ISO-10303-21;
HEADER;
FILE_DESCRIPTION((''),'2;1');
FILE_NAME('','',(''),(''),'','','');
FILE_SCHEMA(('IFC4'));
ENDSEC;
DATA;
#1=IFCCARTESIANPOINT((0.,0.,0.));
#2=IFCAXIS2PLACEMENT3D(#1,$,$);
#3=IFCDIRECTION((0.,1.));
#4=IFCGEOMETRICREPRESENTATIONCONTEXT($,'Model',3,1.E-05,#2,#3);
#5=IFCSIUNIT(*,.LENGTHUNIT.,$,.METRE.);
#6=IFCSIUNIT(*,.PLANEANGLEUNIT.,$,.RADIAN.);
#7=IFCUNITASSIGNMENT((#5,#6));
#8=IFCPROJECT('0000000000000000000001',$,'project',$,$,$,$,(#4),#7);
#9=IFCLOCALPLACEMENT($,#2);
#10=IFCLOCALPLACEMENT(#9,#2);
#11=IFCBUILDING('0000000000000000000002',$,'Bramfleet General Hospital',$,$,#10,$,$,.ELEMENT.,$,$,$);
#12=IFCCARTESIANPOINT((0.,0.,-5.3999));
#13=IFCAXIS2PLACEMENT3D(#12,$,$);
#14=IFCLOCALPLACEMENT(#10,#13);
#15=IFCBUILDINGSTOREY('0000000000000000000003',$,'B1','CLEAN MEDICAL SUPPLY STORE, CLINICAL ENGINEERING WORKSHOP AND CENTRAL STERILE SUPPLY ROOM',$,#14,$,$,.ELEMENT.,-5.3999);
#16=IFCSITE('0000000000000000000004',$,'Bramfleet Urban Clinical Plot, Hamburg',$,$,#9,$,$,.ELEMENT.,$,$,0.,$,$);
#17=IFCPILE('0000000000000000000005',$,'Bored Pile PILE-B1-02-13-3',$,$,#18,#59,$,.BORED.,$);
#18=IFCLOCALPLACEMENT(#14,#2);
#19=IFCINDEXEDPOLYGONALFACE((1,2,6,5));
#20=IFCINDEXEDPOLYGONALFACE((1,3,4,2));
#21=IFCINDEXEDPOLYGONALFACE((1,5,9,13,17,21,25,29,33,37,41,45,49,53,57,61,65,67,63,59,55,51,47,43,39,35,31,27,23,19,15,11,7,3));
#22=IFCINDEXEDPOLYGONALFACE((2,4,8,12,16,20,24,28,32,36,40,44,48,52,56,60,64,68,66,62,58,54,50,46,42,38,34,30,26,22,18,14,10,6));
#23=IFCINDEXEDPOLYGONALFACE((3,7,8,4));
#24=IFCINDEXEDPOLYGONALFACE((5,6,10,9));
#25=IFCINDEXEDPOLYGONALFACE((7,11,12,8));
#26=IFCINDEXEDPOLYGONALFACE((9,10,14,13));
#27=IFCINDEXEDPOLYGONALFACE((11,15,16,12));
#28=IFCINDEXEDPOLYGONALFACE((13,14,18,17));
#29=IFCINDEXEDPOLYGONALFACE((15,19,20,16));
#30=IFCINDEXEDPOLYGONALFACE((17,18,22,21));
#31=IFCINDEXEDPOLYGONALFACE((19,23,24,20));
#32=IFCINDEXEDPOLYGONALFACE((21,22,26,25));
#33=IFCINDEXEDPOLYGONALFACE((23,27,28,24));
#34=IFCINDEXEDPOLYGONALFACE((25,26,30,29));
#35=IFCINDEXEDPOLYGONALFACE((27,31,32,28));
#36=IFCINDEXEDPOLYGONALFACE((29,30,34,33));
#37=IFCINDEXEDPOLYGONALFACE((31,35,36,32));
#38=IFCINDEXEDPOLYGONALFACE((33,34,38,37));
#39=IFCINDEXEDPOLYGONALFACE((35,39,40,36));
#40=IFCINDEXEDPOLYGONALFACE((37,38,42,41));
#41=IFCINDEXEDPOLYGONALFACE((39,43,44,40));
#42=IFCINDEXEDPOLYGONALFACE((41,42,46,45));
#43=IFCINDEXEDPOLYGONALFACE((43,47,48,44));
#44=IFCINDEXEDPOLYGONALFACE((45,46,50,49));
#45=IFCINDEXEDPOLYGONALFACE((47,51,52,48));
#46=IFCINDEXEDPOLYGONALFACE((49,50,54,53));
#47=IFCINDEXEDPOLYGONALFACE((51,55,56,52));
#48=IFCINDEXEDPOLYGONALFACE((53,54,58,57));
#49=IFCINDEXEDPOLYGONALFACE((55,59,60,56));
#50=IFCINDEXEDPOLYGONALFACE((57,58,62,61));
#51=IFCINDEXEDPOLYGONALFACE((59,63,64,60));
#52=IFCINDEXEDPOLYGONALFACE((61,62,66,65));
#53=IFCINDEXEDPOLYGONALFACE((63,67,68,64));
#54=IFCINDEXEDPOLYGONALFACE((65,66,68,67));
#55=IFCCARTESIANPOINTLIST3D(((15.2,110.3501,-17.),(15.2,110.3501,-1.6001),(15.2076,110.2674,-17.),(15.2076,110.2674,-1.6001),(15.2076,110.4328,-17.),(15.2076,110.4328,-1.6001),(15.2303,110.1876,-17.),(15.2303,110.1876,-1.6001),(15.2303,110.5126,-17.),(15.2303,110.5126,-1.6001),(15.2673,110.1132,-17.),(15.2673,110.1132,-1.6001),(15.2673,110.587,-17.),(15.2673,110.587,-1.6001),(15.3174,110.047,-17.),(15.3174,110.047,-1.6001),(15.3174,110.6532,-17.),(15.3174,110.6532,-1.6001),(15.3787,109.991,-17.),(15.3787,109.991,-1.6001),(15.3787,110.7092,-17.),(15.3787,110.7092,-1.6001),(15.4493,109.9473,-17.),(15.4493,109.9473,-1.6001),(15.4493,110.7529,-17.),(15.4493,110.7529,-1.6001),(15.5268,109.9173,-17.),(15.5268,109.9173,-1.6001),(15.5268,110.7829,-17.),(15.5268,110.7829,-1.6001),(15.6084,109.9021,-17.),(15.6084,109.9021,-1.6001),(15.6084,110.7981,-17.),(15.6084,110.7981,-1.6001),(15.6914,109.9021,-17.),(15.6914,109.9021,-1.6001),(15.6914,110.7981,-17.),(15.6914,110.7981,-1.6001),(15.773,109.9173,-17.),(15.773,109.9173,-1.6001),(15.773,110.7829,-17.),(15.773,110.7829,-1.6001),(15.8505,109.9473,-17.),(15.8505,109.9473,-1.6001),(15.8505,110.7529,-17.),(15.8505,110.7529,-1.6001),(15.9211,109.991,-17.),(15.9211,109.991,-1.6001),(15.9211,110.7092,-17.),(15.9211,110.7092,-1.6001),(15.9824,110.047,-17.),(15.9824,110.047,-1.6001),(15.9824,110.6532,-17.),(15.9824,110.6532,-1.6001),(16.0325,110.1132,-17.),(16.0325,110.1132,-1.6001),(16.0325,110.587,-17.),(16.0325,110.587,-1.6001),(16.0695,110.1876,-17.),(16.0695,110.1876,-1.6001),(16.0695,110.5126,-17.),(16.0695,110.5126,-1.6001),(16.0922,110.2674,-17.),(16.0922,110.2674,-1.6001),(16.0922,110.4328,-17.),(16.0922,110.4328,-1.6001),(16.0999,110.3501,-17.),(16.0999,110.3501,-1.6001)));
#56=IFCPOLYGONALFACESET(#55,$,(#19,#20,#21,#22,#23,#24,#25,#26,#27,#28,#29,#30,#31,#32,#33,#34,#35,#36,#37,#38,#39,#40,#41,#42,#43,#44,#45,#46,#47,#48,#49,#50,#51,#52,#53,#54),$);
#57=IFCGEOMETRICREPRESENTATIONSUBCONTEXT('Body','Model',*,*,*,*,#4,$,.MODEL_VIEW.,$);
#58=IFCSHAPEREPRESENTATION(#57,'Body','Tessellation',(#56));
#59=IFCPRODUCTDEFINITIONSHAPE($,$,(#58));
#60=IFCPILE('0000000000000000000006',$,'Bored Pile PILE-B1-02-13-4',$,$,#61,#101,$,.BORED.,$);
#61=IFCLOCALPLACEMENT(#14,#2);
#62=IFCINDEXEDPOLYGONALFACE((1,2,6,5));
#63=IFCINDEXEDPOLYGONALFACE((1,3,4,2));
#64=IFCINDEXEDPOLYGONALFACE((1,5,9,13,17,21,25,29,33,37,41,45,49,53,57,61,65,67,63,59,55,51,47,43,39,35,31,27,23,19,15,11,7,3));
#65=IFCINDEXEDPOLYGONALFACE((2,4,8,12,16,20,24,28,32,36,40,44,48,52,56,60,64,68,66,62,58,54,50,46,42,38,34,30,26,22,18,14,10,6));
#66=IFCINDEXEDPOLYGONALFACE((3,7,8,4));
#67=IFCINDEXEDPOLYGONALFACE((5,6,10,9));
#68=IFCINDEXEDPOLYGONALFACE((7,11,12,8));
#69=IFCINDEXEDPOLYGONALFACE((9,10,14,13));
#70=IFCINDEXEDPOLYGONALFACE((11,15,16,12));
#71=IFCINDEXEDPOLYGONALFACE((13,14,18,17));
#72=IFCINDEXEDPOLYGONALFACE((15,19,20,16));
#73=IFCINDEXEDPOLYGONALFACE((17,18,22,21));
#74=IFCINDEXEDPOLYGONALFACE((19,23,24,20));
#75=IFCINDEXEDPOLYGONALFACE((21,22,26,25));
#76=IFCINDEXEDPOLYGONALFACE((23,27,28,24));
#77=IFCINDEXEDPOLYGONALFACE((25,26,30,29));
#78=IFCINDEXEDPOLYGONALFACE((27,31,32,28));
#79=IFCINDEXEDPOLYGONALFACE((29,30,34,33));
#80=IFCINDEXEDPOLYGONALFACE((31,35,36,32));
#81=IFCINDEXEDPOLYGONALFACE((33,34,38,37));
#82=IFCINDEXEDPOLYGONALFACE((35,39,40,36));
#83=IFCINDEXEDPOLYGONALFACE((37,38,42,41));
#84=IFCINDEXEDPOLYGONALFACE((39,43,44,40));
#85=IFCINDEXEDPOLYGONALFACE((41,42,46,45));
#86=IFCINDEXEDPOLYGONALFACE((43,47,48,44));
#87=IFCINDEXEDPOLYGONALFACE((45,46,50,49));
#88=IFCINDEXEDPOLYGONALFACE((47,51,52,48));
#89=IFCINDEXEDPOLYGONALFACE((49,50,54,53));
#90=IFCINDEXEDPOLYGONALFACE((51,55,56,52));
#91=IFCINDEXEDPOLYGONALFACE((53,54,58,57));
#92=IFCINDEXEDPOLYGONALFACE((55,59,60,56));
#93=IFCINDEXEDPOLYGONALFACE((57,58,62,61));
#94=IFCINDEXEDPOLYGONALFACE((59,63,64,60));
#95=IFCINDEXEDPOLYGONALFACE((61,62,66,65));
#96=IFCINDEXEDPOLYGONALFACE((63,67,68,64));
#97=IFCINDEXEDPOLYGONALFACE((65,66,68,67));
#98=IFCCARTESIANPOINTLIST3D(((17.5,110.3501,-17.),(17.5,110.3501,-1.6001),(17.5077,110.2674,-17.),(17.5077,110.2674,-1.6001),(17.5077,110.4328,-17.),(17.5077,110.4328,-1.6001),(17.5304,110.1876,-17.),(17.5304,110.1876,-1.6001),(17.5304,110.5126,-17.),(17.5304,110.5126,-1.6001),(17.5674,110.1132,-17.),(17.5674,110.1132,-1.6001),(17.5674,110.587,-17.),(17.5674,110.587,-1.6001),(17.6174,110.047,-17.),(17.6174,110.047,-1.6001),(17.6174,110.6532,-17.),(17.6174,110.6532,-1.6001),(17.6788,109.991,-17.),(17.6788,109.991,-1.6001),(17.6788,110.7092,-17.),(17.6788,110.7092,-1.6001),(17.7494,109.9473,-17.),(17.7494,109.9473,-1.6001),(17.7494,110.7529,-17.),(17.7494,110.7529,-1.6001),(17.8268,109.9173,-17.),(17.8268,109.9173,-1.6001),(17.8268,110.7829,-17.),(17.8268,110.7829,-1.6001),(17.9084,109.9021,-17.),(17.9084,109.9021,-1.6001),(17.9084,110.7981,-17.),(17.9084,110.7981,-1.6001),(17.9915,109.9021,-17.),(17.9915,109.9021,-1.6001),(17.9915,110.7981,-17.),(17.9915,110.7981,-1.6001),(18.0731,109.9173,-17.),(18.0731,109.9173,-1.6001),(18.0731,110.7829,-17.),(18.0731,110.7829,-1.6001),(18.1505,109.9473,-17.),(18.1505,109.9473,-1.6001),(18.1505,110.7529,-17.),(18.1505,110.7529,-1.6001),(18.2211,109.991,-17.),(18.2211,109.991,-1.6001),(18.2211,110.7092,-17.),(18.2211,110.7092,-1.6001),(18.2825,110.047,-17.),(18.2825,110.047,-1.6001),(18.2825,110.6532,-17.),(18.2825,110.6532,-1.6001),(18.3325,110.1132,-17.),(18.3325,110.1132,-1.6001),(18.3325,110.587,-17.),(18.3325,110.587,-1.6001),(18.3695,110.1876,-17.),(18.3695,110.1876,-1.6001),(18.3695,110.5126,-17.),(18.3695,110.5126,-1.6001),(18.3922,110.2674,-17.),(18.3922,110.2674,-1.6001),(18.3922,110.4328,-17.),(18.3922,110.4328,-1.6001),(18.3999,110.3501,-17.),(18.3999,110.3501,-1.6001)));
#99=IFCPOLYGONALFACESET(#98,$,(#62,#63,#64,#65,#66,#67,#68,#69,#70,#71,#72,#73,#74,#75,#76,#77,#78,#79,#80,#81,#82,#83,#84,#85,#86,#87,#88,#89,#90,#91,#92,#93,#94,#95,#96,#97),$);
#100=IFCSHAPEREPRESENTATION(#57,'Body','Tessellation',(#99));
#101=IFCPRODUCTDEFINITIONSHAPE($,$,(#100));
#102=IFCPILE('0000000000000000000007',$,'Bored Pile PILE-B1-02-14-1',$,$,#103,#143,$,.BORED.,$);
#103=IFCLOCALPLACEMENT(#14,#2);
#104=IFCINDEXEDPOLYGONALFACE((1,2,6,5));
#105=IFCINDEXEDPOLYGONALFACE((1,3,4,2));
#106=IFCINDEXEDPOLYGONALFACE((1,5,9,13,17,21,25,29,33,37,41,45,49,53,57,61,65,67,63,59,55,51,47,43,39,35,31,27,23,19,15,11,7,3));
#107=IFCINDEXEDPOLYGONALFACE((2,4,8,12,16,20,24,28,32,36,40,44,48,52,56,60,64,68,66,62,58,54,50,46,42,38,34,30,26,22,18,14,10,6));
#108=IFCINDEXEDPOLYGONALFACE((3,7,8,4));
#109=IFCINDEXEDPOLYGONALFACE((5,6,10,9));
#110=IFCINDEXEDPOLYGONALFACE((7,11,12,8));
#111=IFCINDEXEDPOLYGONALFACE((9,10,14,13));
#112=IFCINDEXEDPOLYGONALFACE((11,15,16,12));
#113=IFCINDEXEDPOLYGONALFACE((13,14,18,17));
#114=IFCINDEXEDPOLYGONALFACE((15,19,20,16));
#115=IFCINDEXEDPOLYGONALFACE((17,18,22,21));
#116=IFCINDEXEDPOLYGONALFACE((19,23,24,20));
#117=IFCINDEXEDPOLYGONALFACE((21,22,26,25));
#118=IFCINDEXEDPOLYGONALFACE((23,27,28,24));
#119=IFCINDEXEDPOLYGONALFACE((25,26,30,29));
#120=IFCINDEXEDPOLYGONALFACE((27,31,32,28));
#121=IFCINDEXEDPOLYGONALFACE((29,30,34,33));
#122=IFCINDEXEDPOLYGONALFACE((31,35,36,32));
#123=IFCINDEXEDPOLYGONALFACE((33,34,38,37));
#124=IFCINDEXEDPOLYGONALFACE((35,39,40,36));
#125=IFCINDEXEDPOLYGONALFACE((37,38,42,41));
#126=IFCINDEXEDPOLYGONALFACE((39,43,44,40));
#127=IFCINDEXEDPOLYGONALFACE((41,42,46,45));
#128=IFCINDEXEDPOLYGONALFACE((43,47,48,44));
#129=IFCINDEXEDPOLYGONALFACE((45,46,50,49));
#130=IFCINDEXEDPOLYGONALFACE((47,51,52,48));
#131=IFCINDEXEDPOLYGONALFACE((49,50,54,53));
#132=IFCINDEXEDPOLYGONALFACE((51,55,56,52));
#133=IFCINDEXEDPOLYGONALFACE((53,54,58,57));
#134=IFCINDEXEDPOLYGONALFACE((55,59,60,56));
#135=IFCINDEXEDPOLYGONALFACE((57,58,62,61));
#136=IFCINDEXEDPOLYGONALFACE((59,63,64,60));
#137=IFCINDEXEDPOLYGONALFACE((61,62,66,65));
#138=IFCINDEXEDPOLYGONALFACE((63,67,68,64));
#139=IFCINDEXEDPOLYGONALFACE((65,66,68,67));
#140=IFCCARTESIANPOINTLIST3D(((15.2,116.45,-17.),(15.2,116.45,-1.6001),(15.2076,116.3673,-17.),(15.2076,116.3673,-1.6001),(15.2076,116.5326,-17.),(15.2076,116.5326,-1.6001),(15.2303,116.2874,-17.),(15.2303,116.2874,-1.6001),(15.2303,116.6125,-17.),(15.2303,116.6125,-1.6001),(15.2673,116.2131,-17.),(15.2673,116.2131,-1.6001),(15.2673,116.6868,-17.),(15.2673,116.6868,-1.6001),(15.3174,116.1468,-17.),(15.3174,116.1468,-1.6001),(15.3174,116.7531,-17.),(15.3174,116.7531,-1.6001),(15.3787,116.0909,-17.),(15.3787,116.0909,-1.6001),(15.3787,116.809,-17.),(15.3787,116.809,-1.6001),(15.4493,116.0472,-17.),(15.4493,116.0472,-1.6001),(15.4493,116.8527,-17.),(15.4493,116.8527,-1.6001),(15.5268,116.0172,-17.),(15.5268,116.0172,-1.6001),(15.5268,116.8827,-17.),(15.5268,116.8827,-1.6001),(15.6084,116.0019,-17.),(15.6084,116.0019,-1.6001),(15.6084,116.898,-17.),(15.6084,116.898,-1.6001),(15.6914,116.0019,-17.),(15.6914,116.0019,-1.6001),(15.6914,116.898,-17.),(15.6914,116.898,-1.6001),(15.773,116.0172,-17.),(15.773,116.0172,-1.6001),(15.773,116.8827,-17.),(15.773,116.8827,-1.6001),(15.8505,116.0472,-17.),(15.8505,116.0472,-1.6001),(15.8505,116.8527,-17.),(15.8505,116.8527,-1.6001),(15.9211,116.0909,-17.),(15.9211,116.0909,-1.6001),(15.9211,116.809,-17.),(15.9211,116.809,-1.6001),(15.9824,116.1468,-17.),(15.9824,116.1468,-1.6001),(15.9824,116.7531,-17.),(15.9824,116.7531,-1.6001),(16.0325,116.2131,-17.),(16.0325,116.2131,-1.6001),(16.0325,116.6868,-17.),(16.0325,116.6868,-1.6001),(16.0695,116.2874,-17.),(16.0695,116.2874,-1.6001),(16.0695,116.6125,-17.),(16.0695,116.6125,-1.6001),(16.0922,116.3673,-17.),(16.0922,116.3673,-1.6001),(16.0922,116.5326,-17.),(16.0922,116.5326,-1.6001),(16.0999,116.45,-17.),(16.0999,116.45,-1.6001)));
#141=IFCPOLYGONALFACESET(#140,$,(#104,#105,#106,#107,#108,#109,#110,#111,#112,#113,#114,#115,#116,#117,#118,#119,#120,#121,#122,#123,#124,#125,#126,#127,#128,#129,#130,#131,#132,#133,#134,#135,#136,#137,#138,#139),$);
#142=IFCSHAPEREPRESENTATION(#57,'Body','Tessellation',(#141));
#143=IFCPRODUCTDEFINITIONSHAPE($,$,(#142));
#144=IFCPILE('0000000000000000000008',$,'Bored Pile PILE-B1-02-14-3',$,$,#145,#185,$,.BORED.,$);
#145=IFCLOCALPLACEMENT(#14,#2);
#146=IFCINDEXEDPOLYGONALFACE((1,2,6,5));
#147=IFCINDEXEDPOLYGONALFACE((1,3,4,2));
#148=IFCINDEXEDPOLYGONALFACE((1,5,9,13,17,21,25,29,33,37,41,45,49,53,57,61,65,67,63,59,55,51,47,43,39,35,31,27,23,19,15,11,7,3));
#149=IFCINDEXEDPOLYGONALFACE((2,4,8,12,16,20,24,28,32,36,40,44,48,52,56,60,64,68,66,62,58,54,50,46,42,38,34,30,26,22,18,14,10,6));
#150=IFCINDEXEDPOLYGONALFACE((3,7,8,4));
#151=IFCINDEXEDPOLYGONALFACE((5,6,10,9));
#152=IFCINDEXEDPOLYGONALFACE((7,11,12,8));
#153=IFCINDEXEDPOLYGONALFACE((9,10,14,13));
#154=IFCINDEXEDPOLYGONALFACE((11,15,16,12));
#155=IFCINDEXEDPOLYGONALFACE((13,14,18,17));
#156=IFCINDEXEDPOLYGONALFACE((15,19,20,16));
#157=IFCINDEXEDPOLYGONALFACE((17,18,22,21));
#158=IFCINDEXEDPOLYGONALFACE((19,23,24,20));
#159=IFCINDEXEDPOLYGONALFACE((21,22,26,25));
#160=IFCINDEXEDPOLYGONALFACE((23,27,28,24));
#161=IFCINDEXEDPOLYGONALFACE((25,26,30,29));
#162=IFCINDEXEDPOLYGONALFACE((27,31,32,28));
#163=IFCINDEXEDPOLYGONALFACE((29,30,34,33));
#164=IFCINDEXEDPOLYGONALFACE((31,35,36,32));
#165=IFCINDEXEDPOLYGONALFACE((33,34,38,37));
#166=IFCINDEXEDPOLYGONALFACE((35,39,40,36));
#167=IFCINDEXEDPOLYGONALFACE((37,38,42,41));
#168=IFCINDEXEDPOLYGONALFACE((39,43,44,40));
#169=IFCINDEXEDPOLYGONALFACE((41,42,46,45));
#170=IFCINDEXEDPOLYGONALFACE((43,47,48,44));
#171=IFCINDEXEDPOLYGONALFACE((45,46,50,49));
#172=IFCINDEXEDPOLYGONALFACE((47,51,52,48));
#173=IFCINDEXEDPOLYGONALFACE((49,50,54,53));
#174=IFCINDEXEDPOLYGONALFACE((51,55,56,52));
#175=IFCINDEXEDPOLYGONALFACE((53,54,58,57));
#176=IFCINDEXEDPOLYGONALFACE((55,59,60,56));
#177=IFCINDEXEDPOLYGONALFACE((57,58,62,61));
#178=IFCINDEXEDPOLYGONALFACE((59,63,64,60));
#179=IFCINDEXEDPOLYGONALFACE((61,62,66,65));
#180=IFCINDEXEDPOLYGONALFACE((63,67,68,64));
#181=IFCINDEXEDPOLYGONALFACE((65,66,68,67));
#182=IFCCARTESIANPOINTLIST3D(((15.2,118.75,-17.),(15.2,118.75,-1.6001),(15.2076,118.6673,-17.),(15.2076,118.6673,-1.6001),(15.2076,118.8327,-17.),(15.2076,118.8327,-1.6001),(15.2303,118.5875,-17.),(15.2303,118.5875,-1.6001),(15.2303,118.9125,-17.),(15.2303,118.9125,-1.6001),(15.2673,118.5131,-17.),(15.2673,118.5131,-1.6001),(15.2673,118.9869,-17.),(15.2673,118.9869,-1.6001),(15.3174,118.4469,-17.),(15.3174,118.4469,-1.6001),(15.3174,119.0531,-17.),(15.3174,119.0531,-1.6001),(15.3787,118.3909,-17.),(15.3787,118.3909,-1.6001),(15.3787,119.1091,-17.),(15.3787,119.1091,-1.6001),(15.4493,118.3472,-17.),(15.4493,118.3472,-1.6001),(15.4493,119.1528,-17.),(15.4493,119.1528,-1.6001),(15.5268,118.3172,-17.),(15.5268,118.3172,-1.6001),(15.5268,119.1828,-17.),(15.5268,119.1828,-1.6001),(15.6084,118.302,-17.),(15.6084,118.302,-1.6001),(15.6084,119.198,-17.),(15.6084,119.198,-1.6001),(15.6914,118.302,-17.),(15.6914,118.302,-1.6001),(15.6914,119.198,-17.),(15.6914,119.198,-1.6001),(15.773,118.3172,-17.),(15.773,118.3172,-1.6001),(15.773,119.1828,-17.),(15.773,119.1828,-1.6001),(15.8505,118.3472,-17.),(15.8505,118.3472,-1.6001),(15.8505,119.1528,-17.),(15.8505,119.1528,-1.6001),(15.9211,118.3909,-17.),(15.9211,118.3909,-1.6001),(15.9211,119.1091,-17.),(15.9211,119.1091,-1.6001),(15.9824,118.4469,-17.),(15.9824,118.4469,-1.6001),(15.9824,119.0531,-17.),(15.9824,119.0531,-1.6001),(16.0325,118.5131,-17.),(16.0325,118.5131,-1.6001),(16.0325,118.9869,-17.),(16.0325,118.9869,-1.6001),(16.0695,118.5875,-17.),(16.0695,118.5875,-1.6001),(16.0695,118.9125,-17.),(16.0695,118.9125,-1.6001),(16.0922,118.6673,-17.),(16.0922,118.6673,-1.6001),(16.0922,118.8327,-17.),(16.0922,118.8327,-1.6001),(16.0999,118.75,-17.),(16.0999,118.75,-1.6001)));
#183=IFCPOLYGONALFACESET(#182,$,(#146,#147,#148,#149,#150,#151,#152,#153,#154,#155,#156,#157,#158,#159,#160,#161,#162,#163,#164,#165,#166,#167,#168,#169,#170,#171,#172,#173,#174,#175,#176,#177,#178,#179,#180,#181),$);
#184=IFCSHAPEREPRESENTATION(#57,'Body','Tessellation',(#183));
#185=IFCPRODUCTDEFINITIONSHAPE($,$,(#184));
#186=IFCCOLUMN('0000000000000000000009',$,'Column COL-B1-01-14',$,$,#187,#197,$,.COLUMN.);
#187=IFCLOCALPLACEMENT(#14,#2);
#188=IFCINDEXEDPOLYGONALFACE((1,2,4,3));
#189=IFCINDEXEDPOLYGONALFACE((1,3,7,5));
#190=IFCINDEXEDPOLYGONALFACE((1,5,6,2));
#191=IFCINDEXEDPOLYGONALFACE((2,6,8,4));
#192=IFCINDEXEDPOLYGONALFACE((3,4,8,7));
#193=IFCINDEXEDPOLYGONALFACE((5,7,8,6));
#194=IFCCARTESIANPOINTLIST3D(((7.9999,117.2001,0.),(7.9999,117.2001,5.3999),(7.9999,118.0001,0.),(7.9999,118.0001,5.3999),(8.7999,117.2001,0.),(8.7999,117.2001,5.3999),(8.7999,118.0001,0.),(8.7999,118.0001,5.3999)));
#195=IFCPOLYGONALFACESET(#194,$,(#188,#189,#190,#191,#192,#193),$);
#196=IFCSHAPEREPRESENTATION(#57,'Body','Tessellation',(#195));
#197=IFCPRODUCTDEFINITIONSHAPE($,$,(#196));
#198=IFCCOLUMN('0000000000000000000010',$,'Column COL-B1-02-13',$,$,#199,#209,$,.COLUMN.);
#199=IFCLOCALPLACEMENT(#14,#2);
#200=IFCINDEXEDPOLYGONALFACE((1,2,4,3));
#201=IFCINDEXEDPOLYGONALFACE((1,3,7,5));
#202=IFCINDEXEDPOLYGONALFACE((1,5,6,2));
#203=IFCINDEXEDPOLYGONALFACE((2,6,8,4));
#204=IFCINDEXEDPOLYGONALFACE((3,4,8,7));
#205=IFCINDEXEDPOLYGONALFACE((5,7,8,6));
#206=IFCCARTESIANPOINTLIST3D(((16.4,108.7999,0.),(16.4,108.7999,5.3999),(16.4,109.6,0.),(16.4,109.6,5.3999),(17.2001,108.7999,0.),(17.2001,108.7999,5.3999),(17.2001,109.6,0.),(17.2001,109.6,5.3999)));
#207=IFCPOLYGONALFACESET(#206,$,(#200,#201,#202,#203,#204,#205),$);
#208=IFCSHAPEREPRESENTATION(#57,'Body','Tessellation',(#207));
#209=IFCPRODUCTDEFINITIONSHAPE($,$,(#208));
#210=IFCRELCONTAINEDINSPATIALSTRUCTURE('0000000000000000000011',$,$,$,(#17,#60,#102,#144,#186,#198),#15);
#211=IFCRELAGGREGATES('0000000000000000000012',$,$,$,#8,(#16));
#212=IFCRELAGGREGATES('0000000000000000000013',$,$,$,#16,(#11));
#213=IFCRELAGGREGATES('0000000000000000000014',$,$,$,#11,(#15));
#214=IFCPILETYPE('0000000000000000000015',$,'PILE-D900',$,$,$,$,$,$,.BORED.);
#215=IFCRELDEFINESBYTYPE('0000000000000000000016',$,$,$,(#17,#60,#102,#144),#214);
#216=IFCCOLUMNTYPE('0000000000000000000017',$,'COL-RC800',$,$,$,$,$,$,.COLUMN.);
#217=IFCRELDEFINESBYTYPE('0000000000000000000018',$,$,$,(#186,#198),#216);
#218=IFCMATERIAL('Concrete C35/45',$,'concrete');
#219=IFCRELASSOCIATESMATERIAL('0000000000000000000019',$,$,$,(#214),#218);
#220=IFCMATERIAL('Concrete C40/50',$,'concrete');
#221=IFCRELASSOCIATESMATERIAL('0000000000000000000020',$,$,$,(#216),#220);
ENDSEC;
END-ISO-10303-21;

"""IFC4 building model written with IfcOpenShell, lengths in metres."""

from ifc_helpers import new_model, si_unit, direction, frame, origin, origin_2d, place, context, subcontext, project, spatial, rectangle, circle, extrude, material, material_profile, profile_set, type_object, element, save


model = new_model("IFC4")

# Units and contexts
model_context = context("Model", 3, precision=1e-05, world=origin(), true_north=direction((0.0, 1.0)))
body_context = subcontext(model_context, "Body", "Model", "MODEL_VIEW")
ifc_project = project(units=[si_unit("LENGTHUNIT", "METRE"), si_unit("PLANEANGLEUNIT", "RADIAN")], contexts=[model_context])

# Site, building, storey
site_placement = place(None, origin())
site = spatial("IfcSite", under=ifc_project, at=site_placement, Name="Bramfleet Urban Clinical Plot, Hamburg", CompositionType="ELEMENT", RefElevation=0.0)
building_placement = place(site_placement, origin())
building = spatial("IfcBuilding", under=site, at=building_placement, Name="Bramfleet General Hospital", CompositionType="ELEMENT")
storey_placement = place(building_placement, frame((0.0, 0.0, -5.3999)))
storey = spatial("IfcBuildingStorey", under=building, at=storey_placement, Name="B1", Description="CLEAN MEDICAL SUPPLY STORE, CLINICAL ENGINEERING WORKSHOP AND CENTRAL STERILE SUPPLY ROOM", CompositionType="ELEMENT", Elevation=-5.3999)

# Shared definitions
ifc_material_1 = material(Name="Concrete C35/45", Category="concrete")

# Piles
ifc_material_profile_1 = material_profile(ifc_material_1, circle(Radius=0.45, at=origin_2d()), Name="PILE BORED D900")
ifc_profile_set_1 = profile_set([ifc_material_profile_1], Name="Concrete C35/45")
pile_type = type_object("IfcPileType", Name="PILE-D900", PredefinedType="BORED", material=ifc_profile_set_1)
for number, where, z_axis, x_axis, name in (
    (1, (15.6499, 110.3501, -1.6001), (0.0, 0.0, -1.0), (1.0, 0.0, 0.0), "Bored Pile PILE-B1-02-13-3"),
    (2, (17.95, 110.3501, -1.6001), (0.0, 0.0, -1.0), (1.0, 0.0, 0.0), "Bored Pile PILE-B1-02-13-4"),
    (3, (15.6499, 116.45, -1.6001), (0.0, 0.0, -1.0), (1.0, 0.0, 0.0), "Bored Pile PILE-B1-02-14-1"),
    (4, (15.6499, 118.75, -1.6001), (0.0, 0.0, -1.0), (1.0, 0.0, 0.0), "Bored Pile PILE-B1-02-14-3"),
):
    element("IfcPile", number, at=place(storey_placement, frame(where, z_axis=z_axis, x_axis=x_axis)), inside=storey, type_object=pile_type, Name=name, PredefinedType="BORED", context=body_context, shape_type="SweptSolid", body=[
        extrude(circle(Radius=0.45, at=origin_2d()), origin(), (0.0, 0.0, 1.0), 15.3999),
    ])

# Columns
ifc_material_2 = material(Name="Concrete C40/50", Category="concrete")
ifc_material_profile_2 = material_profile(ifc_material_2, rectangle(XDim=0.8, YDim=0.8, at=origin_2d()), Name="RC COL 800x800")
ifc_profile_set_2 = profile_set([ifc_material_profile_2], Name="Concrete C40/50")
column_type = type_object("IfcColumnType", Name="COL-RC800", PredefinedType="COLUMN", material=ifc_profile_set_2)
for number, where, z_axis, x_axis, name in (
    (5, (8.3999, 117.6001, 0.0), (0.0, 0.0, 1.0), (1.0, 0.0, 0.0), "Column COL-B1-01-14"),
    (6, (16.8, 109.2, 0.0), (0.0, 0.0, 1.0), (1.0, 0.0, 0.0), "Column COL-B1-02-13"),
):
    element("IfcColumn", number, at=place(storey_placement, frame(where, z_axis=z_axis, x_axis=x_axis)), inside=storey, type_object=column_type, Name=name, PredefinedType="COLUMN", context=body_context, shape_type="SweptSolid", body=[
        extrude(rectangle(XDim=0.8, YDim=0.8, at=origin_2d()), origin(), (0.0, 0.0, 1.0), 5.3999),
    ])

save(model, "model.ifc")
